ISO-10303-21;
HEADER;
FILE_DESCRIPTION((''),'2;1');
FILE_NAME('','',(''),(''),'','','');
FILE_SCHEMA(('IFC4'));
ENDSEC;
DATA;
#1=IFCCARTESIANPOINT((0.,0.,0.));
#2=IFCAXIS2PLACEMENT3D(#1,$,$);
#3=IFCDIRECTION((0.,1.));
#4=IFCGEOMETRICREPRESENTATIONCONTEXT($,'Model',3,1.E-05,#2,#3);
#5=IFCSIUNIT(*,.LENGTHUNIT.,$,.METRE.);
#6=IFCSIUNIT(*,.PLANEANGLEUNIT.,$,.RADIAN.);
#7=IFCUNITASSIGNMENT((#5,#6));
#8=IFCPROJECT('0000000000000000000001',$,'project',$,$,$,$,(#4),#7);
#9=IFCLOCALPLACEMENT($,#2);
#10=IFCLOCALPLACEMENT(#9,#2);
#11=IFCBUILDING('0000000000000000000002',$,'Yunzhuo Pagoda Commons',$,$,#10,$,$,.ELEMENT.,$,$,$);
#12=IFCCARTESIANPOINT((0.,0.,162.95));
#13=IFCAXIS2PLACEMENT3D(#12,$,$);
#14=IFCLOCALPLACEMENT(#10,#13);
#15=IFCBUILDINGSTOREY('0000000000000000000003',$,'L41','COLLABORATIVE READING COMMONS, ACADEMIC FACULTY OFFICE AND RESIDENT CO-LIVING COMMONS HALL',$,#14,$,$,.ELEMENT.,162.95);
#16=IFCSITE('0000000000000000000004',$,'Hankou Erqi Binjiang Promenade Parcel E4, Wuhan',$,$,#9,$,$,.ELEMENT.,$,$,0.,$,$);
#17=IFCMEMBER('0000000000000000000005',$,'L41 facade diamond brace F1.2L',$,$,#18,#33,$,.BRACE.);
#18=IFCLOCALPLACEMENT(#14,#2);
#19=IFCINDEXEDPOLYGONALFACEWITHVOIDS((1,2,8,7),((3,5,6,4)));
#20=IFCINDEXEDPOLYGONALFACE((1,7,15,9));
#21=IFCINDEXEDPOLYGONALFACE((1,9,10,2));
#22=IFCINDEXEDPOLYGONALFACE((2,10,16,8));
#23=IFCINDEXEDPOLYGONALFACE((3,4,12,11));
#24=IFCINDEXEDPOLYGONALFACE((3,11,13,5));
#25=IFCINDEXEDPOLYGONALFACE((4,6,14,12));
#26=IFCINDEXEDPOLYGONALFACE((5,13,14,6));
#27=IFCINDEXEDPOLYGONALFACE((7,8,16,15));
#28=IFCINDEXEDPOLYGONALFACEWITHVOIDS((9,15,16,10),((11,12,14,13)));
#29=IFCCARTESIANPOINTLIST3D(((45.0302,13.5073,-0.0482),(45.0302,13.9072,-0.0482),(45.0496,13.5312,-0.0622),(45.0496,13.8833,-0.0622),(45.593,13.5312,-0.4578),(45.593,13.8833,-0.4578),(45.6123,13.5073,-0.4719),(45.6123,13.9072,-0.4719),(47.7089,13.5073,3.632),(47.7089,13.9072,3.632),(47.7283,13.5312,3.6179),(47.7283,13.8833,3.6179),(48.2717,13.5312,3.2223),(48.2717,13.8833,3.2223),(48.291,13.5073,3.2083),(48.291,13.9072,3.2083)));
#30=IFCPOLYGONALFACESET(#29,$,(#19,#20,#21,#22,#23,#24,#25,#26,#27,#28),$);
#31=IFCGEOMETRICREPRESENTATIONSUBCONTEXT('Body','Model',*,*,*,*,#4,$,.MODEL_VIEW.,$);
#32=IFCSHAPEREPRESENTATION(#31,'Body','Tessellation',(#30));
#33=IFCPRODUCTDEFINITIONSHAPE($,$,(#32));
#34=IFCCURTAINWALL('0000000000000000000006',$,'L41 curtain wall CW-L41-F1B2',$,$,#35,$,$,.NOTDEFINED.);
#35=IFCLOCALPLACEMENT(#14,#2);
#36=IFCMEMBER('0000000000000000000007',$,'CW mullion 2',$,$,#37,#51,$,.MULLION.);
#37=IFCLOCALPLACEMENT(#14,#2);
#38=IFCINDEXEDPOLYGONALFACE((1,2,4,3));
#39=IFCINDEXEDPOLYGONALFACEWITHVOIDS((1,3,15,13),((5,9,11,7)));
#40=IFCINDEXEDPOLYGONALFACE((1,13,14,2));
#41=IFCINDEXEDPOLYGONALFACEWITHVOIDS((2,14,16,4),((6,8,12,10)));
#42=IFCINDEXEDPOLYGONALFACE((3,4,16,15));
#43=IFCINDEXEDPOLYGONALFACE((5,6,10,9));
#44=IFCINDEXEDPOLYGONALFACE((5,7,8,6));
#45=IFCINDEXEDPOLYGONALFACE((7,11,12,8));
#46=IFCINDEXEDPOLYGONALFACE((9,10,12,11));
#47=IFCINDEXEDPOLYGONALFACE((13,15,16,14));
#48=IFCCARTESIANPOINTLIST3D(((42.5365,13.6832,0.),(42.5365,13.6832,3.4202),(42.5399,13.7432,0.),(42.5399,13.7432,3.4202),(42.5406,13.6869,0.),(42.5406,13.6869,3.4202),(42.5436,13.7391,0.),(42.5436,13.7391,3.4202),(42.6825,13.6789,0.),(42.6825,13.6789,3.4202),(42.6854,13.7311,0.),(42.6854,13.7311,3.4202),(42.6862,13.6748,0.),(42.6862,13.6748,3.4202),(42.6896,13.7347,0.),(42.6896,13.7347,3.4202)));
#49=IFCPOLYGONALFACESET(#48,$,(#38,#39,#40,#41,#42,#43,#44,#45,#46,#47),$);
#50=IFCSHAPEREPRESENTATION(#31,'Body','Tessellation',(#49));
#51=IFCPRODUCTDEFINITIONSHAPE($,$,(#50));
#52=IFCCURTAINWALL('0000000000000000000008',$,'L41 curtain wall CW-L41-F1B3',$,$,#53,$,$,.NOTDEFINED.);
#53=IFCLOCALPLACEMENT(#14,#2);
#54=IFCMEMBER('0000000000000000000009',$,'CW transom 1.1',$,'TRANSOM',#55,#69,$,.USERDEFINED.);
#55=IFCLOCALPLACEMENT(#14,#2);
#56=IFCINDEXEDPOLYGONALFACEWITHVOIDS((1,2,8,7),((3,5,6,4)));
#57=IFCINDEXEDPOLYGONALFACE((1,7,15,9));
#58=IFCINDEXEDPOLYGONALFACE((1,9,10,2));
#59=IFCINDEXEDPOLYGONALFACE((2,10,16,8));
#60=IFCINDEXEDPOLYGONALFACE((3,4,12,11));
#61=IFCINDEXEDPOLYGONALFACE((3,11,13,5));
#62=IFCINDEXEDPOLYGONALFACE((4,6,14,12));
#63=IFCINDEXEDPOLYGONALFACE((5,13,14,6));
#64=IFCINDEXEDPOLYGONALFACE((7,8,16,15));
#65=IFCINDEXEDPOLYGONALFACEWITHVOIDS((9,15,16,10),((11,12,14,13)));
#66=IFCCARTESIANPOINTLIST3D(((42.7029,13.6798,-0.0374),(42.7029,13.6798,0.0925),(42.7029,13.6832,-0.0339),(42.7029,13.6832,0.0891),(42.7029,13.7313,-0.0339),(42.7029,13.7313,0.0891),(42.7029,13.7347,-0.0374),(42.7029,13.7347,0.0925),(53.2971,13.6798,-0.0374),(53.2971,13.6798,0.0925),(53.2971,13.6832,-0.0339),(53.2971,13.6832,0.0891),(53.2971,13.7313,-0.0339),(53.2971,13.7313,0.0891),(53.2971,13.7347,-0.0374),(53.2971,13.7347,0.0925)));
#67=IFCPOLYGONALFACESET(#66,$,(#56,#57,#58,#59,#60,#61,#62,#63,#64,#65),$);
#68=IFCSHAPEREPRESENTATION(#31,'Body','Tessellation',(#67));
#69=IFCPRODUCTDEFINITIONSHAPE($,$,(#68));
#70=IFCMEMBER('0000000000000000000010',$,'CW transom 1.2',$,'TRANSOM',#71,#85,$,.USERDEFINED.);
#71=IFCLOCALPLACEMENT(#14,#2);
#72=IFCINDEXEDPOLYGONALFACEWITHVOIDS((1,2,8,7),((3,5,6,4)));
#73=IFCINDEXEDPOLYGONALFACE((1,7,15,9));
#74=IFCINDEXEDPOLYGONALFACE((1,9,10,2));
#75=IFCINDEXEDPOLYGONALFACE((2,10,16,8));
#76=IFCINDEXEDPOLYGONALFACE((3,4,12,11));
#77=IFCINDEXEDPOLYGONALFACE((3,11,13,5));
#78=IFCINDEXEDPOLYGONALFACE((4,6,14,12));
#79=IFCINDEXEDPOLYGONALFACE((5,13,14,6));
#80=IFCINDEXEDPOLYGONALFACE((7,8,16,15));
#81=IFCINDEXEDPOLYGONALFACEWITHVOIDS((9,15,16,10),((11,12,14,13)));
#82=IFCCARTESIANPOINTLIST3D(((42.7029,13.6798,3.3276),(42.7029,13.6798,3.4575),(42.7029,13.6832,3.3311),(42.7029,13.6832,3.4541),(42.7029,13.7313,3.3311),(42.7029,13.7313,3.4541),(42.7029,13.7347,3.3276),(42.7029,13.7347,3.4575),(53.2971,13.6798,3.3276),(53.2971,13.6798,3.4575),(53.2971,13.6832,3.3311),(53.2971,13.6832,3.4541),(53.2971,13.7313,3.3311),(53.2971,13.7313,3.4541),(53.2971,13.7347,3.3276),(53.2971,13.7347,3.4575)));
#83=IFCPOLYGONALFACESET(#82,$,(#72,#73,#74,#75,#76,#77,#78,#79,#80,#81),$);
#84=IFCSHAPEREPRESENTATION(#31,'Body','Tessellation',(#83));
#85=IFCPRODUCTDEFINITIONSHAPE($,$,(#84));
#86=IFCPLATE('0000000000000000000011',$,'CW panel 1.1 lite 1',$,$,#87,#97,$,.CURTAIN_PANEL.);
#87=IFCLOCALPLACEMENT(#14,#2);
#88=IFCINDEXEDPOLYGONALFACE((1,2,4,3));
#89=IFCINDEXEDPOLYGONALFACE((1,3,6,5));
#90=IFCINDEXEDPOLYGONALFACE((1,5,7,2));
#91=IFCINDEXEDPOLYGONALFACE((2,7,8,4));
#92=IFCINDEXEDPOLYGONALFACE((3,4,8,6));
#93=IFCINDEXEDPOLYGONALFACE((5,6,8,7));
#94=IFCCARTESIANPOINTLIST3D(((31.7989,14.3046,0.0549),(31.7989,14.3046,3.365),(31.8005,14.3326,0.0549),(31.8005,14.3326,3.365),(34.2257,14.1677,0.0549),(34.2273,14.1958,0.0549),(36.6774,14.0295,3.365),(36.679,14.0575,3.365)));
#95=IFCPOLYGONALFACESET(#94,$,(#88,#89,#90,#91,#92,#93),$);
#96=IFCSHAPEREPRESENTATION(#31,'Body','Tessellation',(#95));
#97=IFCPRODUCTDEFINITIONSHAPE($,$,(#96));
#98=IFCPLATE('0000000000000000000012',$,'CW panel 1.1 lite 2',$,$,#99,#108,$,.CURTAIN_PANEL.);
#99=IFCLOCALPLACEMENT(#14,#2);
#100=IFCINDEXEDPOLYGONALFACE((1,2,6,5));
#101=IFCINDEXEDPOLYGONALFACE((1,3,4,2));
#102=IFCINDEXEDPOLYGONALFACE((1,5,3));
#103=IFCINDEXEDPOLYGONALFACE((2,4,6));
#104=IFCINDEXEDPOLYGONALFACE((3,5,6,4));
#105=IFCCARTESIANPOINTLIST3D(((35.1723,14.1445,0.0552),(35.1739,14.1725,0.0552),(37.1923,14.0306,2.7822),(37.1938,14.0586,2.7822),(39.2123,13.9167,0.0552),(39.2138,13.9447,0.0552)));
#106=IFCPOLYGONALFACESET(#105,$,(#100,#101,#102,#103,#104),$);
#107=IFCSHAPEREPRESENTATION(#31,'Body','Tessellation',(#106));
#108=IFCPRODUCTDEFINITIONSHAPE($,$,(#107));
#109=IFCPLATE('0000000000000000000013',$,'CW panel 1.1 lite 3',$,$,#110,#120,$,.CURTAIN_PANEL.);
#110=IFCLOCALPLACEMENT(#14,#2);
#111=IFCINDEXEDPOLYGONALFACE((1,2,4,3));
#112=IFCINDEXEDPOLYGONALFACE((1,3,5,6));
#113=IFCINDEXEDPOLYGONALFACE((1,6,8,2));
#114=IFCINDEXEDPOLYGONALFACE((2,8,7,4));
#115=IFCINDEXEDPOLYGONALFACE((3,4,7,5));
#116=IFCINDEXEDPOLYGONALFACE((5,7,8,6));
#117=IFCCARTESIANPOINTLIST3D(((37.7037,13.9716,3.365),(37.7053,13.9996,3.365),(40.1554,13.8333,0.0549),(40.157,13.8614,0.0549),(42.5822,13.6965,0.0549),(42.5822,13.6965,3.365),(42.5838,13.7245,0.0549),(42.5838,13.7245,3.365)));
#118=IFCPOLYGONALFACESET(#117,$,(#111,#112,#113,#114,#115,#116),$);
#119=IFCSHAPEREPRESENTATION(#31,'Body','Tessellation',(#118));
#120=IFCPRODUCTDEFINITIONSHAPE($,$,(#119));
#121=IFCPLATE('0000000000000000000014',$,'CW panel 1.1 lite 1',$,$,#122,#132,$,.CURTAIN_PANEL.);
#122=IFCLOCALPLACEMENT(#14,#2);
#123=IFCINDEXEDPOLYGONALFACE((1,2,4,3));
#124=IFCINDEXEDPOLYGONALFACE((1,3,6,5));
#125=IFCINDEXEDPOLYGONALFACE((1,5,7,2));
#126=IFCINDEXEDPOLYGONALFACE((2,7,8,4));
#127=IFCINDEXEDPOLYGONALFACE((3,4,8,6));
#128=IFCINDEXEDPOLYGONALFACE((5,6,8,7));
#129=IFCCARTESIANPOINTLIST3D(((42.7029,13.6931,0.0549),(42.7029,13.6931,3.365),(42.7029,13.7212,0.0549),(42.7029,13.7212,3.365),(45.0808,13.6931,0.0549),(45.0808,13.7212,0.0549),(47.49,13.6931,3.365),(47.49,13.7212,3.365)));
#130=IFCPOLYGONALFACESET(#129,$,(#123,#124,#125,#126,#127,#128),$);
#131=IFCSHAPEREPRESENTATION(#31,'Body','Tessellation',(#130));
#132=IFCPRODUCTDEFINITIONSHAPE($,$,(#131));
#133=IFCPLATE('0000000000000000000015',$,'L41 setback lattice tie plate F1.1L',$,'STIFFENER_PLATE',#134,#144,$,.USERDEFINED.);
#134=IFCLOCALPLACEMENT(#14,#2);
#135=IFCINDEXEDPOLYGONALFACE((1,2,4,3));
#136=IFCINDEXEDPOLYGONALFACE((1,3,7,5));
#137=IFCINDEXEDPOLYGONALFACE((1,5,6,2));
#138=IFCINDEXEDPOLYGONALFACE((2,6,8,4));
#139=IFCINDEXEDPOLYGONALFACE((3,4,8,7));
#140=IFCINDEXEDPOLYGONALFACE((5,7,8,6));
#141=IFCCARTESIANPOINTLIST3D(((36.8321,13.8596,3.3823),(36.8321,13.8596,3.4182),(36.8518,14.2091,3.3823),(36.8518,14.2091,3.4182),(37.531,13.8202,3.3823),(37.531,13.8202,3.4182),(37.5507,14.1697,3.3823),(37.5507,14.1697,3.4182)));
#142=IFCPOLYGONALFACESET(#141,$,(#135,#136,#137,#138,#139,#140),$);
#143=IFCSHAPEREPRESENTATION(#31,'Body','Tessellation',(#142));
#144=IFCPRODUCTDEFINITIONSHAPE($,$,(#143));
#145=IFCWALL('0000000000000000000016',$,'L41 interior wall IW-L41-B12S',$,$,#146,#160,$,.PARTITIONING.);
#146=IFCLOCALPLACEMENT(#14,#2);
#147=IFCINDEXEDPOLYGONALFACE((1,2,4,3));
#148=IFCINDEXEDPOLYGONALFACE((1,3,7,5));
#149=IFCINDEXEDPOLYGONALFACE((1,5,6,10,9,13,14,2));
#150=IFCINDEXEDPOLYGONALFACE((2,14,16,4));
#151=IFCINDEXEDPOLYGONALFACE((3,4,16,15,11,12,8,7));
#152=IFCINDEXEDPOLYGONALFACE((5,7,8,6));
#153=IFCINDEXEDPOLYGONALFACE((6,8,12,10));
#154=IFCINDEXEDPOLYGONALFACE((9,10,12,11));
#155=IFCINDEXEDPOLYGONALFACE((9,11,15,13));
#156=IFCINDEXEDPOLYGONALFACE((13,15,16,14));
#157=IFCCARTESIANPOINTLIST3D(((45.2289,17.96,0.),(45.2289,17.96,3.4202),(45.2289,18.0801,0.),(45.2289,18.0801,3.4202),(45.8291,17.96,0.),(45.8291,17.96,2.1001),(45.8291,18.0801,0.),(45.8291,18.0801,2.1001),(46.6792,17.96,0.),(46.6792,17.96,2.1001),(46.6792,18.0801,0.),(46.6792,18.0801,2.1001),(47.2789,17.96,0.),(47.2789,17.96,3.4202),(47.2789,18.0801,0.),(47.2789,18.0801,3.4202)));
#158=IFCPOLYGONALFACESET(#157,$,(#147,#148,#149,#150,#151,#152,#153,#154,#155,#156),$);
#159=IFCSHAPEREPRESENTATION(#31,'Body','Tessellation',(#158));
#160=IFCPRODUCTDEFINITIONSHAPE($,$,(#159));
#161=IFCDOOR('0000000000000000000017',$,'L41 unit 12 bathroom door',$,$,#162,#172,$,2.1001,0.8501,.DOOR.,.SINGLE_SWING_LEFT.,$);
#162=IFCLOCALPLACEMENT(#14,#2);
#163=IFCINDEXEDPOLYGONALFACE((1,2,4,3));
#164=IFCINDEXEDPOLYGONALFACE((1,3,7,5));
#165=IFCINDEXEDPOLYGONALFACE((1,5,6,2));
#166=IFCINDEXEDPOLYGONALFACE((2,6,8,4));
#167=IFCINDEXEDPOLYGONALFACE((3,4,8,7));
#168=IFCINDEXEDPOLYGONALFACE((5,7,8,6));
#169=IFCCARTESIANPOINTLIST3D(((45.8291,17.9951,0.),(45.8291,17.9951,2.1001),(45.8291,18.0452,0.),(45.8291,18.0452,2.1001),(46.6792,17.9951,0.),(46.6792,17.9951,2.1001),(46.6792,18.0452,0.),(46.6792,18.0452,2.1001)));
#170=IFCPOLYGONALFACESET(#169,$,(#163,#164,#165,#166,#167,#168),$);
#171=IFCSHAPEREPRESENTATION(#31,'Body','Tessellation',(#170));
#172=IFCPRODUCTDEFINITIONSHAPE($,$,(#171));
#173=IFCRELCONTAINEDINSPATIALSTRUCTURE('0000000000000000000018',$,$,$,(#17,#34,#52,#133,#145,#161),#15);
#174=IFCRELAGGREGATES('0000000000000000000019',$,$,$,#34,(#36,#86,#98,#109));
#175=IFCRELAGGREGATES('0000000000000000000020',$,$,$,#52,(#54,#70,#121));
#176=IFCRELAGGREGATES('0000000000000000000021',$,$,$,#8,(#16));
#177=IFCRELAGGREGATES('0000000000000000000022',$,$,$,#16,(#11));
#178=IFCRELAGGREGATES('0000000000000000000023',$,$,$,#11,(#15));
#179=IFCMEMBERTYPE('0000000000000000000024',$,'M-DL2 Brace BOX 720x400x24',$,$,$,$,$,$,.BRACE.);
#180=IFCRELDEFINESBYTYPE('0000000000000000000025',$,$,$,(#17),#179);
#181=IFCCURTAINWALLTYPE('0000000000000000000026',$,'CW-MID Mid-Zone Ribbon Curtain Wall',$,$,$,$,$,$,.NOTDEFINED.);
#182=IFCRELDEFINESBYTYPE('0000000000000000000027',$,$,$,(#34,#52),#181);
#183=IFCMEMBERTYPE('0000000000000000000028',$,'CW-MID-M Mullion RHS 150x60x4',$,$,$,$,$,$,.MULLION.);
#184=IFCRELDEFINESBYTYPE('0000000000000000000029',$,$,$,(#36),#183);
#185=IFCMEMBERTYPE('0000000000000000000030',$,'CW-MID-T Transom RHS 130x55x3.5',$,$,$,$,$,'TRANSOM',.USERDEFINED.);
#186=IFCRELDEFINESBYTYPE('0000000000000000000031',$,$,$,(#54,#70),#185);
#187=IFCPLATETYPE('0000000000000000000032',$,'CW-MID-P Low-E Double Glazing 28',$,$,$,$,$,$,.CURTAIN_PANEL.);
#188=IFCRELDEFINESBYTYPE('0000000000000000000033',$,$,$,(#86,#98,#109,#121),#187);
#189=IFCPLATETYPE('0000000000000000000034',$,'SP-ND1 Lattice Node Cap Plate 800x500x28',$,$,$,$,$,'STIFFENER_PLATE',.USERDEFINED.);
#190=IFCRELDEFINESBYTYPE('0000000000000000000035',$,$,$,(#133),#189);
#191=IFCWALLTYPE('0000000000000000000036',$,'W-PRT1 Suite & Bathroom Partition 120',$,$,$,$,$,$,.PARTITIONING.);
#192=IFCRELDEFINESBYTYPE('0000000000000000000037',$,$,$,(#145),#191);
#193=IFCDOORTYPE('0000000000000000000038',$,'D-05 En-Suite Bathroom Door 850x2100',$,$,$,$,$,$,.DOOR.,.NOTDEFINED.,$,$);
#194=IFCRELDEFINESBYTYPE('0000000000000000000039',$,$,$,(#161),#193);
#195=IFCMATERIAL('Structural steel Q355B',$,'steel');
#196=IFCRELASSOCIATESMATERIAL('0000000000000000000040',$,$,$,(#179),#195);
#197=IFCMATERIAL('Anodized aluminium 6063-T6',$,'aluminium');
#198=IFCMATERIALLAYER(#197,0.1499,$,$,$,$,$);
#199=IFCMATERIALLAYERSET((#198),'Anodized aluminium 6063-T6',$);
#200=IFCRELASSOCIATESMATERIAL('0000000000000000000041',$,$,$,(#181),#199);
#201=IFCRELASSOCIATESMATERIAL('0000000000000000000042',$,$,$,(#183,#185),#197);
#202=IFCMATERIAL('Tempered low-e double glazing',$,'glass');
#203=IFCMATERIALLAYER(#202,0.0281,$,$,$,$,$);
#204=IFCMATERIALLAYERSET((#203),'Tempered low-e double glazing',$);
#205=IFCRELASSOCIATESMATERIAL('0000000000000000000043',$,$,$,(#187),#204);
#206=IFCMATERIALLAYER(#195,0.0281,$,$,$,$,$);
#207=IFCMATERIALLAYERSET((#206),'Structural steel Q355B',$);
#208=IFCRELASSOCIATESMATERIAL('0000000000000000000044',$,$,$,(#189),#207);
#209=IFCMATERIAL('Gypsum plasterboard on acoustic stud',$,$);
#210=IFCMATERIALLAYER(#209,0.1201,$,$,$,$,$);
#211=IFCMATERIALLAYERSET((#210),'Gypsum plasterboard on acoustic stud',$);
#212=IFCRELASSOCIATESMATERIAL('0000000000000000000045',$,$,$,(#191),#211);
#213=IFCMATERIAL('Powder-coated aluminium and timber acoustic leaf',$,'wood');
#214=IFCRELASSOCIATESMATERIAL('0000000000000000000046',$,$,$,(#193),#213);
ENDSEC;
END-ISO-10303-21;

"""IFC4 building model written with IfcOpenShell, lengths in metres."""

from ifc_helpers import new_model, si_unit, direction, frame, frame_2d, origin, origin_2d, place, context, subcontext, project, spatial, polyline, rectangle, hollow_rectangle, outline, extrude, source, transform, mapped, material, layer, layer_set, material_profile, profile_set, type_object, element, fill, aggregate, save


model = new_model("IFC4")

# Units and contexts
model_context = context("Model", 3, precision=1e-05, world=origin(), true_north=direction((0.0, 1.0)))
body_context = subcontext(model_context, "Body", "Model", "MODEL_VIEW")
ifc_project = project(units=[si_unit("LENGTHUNIT", "METRE"), si_unit("PLANEANGLEUNIT", "RADIAN")], contexts=[model_context])

# Site, building, storey
site_placement = place(None, origin())
site = spatial("IfcSite", under=ifc_project, at=site_placement, Name="Hankou Erqi Binjiang Promenade Parcel E4, Wuhan", CompositionType="ELEMENT", RefElevation=0.0)
building_placement = place(site_placement, origin())
building = spatial("IfcBuilding", under=site, at=building_placement, Name="Yunzhuo Pagoda Commons", CompositionType="ELEMENT")
storey_placement = place(building_placement, frame((0.0, 0.0, 162.95)))
storey = spatial("IfcBuildingStorey", under=building, at=storey_placement, Name="L41", Description="COLLABORATIVE READING COMMONS, ACADEMIC FACULTY OFFICE AND RESIDENT CO-LIVING COMMONS HALL", CompositionType="ELEMENT", Elevation=162.95)

# Shared definitions
ifc_material_1 = material(Name="Structural steel Q355B", Category="steel")

# Member
ifc_material_profile_1 = material_profile(ifc_material_1, hollow_rectangle(XDim=0.3999, YDim=0.72, WallThickness=0.0239, at=origin_2d()), Name="Structural steel Q355B")
ifc_profile_set_1 = profile_set([ifc_material_profile_1], Name="Structural steel Q355B")
member_type_1 = type_object("IfcMemberType", Name="M-DL2 Brace BOX 720x400x24", PredefinedType="BRACE", material=ifc_profile_set_1)
shared_shape_1 = source(origin(), body_context, "Body", "SweptSolid", [
    extrude(hollow_rectangle(XDim=0.3999, YDim=0.72, WallThickness=0.0239, at=origin_2d()), origin(), (0.0, 0.0, 1.0), 4.5518),
])
member_1_placement = place(storey_placement, frame((45.3213, 13.7073, -0.26), z_axis=(0.588491, 0.0, 0.808504), x_axis=(0.0, 1.0, 0.0)))
element("IfcMember", 1, at=member_1_placement, inside=storey, type_object=member_type_1, Name="L41 facade diamond brace F1.2L", PredefinedType="BRACE", context=body_context, shape_type="MappedRepresentation", body=[
    mapped(shared_shape_1, transform((0.0, 0.0, 0.0), scale=1.0)),
])

# Curtain wall, member
ifc_material_2 = material(Name="Anodized aluminium 6063-T6", Category="aluminium")
ifc_layer_1 = layer(ifc_material_2, 0.1499)
ifc_layer_set_1 = layer_set([ifc_layer_1], Name="Anodized aluminium 6063-T6")
curtain_wall_type = type_object("IfcCurtainWallType", Name="CW-MID Mid-Zone Ribbon Curtain Wall", PredefinedType="NOTDEFINED", material=ifc_layer_set_1)
curtain_wall_1_placement = place(storey_placement, origin())
curtain_wall_1 = element("IfcCurtainWall", 2, at=curtain_wall_1_placement, inside=storey, type_object=curtain_wall_type, Name="L41 curtain wall CW-L41-F1B2", PredefinedType="NOTDEFINED")
ifc_material_profile_2 = material_profile(ifc_material_2, hollow_rectangle(XDim=0.0601, YDim=0.1499, WallThickness=0.0039, at=origin_2d()), Name="Anodized aluminium 6063-T6")
ifc_profile_set_2 = profile_set([ifc_material_profile_2], Name="Anodized aluminium 6063-T6")
member_type_2 = type_object("IfcMemberType", Name="CW-MID-M Mullion RHS 150x60x4", PredefinedType="MULLION", material=ifc_profile_set_2)
shared_shape_2 = source(origin(), body_context, "Body", "SweptSolid", [
    extrude(hollow_rectangle(XDim=0.0601, YDim=0.1499, WallThickness=0.0039, at=origin_2d()), origin(), (0.0, 0.0, 1.0), 3.4202),
])
member_2_placement = place(storey_placement, frame((42.613, 13.709, 0.0), z_axis=(0.0, 0.0, 1.0), x_axis=(0.056299, 0.998414, 0.0)))
member_2 = element("IfcMember", 3, at=member_2_placement, type_object=member_type_2, Name="CW mullion 2", PredefinedType="MULLION", context=body_context, shape_type="MappedRepresentation", body=[
    mapped(shared_shape_2, transform((0.0, 0.0, 0.0), scale=1.0)),
])

# Curtain wall, members
curtain_wall_2_placement = place(storey_placement, origin())
curtain_wall_2 = element("IfcCurtainWall", 4, at=curtain_wall_2_placement, inside=storey, type_object=curtain_wall_type, Name="L41 curtain wall CW-L41-F1B3", PredefinedType="NOTDEFINED")
ifc_material_profile_3 = material_profile(ifc_material_2, hollow_rectangle(XDim=0.0549, YDim=0.1299, WallThickness=0.0034, at=origin_2d()), Name="Anodized aluminium 6063-T6")
ifc_profile_set_3 = profile_set([ifc_material_profile_3], Name="Anodized aluminium 6063-T6")
member_type_3 = type_object("IfcMemberType", Name="CW-MID-T Transom RHS 130x55x3.5", ElementType="TRANSOM", PredefinedType="USERDEFINED", material=ifc_profile_set_3)
shared_shape_3 = source(origin(), body_context, "Body", "SweptSolid", [
    extrude(hollow_rectangle(XDim=0.0549, YDim=0.1299, WallThickness=0.0034, at=origin_2d()), origin(), (0.0, 0.0, 1.0), 10.5942),
])
member_3_placement = place(storey_placement, frame((42.7029, 13.7073, 0.0276), z_axis=(1.0, 0.0, 0.0), x_axis=(0.0, 1.0, 0.0)))
member_3 = element("IfcMember", 5, at=member_3_placement, type_object=member_type_3, Name="CW transom 1.1", ObjectType="TRANSOM", PredefinedType="USERDEFINED", context=body_context, shape_type="MappedRepresentation", body=[
    mapped(shared_shape_3, transform((0.0, 0.0, 0.0), scale=1.0)),
])
member_4_placement = place(storey_placement, frame((42.7029, 13.7073, 3.3926), z_axis=(1.0, 0.0, 0.0), x_axis=(0.0, 1.0, 0.0)))
member_4 = element("IfcMember", 6, at=member_4_placement, type_object=member_type_3, Name="CW transom 1.2", ObjectType="TRANSOM", PredefinedType="USERDEFINED", context=body_context, shape_type="MappedRepresentation", body=[
    mapped(shared_shape_3, transform((0.0, 0.0, 0.0), scale=1.0)),
])

# Plates
ifc_material_3 = material(Name="Tempered low-e double glazing", Category="glass")
ifc_layer_2 = layer(ifc_material_3, 0.0281)
ifc_layer_set_2 = layer_set([ifc_layer_2], Name="Tempered low-e double glazing")
plate_type_1 = type_object("IfcPlateType", Name="CW-MID-P Low-E Double Glazing 28", PredefinedType="CURTAIN_PANEL", material=ifc_layer_set_2)
plate_1_placement = place(storey_placement, frame((34.2397, 14.1951, 1.71), z_axis=(-0.056299, -0.998414, 0.0), x_axis=(0.998414, -0.056299, 0.0)))
plate_1 = element("IfcPlate", 7, at=plate_1_placement, type_object=plate_type_1, Name="CW panel 1.1 lite 1", PredefinedType="CURTAIN_PANEL", context=body_context, shape_type="SweptSolid", body=[
    extrude(outline(polyline([(-2.4431, -1.655), (-0.0125, -1.655), (2.4431, 1.655), (-2.4431, 1.655), (-2.4431, -1.655)])), origin(), (0.0, 0.0, 1.0), 0.0281),
])
plate_2_placement = place(storey_placement, frame((37.1938, 14.0586, 1.4187), z_axis=(-0.056299, -0.998414, 0.0), x_axis=(0.998414, -0.056299, 0.0)))
plate_2 = element("IfcPlate", 8, at=plate_2_placement, type_object=plate_type_1, Name="CW panel 1.1 lite 2", PredefinedType="CURTAIN_PANEL", context=body_context, shape_type="SweptSolid", body=[
    extrude(outline(polyline([(-2.0232, -1.3635), (2.0232, -1.3635), (0.0, 1.3635), (-2.0232, -1.3635)])), origin(), (0.0, 0.0, 1.0), 0.0281),
])
plate_3_placement = place(storey_placement, frame((40.1445, 13.8621, 1.71), z_axis=(-0.056299, -0.998414, 0.0), x_axis=(0.998414, -0.056299, 0.0)))
plate_3 = element("IfcPlate", 9, at=plate_3_placement, type_object=plate_type_1, Name="CW panel 1.1 lite 3", PredefinedType="CURTAIN_PANEL", context=body_context, shape_type="SweptSolid", body=[
    extrude(outline(polyline([(-2.4431, 1.655), (0.0125, -1.655), (2.4431, -1.655), (2.4431, 1.655), (-2.4431, 1.655)])), origin(), (0.0, 0.0, 1.0), 0.0281),
])
aggregate(curtain_wall_1, [member_2, plate_1, plate_2, plate_3])
plate_4_placement = place(storey_placement, frame((45.0964, 13.7212, 1.71), z_axis=(0.0, -1.0, 0.0), x_axis=(1.0, 0.0, 0.0)))
plate_4 = element("IfcPlate", 10, at=plate_4_placement, type_object=plate_type_1, Name="CW panel 1.1 lite 1", PredefinedType="CURTAIN_PANEL", context=body_context, shape_type="SweptSolid", body=[
    extrude(outline(polyline([(-2.3936, -1.655), (-0.0156, -1.655), (2.3936, 1.655), (-2.3936, 1.655), (-2.3936, -1.655)])), origin(), (0.0, 0.0, 1.0), 0.0281),
])
aggregate(curtain_wall_2, [member_3, member_4, plate_4])
ifc_layer_3 = layer(ifc_material_1, 0.0281)
ifc_layer_set_3 = layer_set([ifc_layer_3], Name="Structural steel Q355B")
plate_type_2 = type_object("IfcPlateType", Name="SP-ND1 Lattice Node Cap Plate 800x500x28", ElementType="STIFFENER_PLATE", PredefinedType="USERDEFINED", material=ifc_layer_set_3)
shared_shape_4 = source(origin(), body_context, "Body", "SweptSolid", [
    extrude(rectangle(XDim=0.7, YDim=0.3501, at=origin_2d()), origin(), (0.0, 0.0, 1.0), 0.0359),
])
plate_5_placement = place(storey_placement, frame((37.1914, 14.0146, 3.3823), z_axis=(0.0, 0.0, 1.0), x_axis=(0.998414, -0.056292, 0.0)))
element("IfcPlate", 11, at=plate_5_placement, inside=storey, type_object=plate_type_2, Name="L41 setback lattice tie plate F1.1L", ObjectType="STIFFENER_PLATE", PredefinedType="USERDEFINED", context=body_context, shape_type="MappedRepresentation", body=[
    mapped(shared_shape_4, transform((0.0, 0.0, 0.0), scale=1.0)),
])

# Wall, opening, door
ifc_material_4 = material(Name="Gypsum plasterboard on acoustic stud")
ifc_layer_4 = layer(ifc_material_4, 0.1201)
ifc_layer_set_4 = layer_set([ifc_layer_4], Name="Gypsum plasterboard on acoustic stud")
wall_type = type_object("IfcWallType", Name="W-PRT1 Suite & Bathroom Partition 120", PredefinedType="PARTITIONING", material=ifc_layer_set_4)
wall_1_placement = place(storey_placement, frame((45.229, 18.02, 0.0), z_axis=(0.0, 0.0, 1.0), x_axis=(1.0, 0.0, 0.0)))
wall_1 = element("IfcWall", 12, at=wall_1_placement, inside=storey, type_object=wall_type, Name="L41 interior wall IW-L41-B12S", PredefinedType="PARTITIONING", context=body_context, shape_type="SweptSolid", body=[
    extrude(rectangle(XDim=2.05, YDim=0.1201, at=frame_2d((1.0249, 0.0))), origin(), (0.0, 0.0, 1.0), 3.4202),
])
opening_1_placement = place(wall_1_placement, frame((0.6001, 0.0, 0.0)))
opening_1 = element("IfcOpeningElement", 13, at=opening_1_placement, cuts=wall_1, PredefinedType="OPENING", context=body_context, shape_type="SweptSolid", body=[
    extrude(rectangle(XDim=0.8501, YDim=2.1001, at=frame_2d((0.425, 1.05))), frame((0.0, 0.0701, 0.0), z_axis=(0.0, -1.0, 0.0), x_axis=(1.0, 0.0, 0.0)), (0.0, 0.0, 1.0), 0.1401),
])
ifc_material_5 = material(Name="Powder-coated aluminium and timber acoustic leaf", Category="wood")
door_type_1 = type_object("IfcDoorType", Name="D-05 En-Suite Bathroom Door 850x2100", OperationType="NOTDEFINED", PredefinedType="DOOR", material=ifc_material_5)
shared_shape_5 = source(origin(), body_context, "Body", "SweptSolid", [
    extrude(rectangle(XDim=0.8501, YDim=2.1001, at=frame_2d((0.425, 1.05))), frame((0.0, 0.0249, 0.0), z_axis=(0.0, -1.0, 0.0), x_axis=(1.0, 0.0, 0.0)), (0.0, 0.0, 1.0), 0.05),
])
door_1_placement = place(opening_1_placement, frame((0.8501, 0.0, 0.0), z_axis=(0.0, 0.0, 1.0), x_axis=(-1.0, 0.0, 0.0)))
door_1 = element("IfcDoor", 14, at=door_1_placement, inside=storey, type_object=door_type_1, Name="L41 unit 12 bathroom door", OperationType="SINGLE_SWING_LEFT", OverallHeight=2.1001, OverallWidth=0.8501, PredefinedType="DOOR", context=body_context, shape_type="MappedRepresentation", body=[
    mapped(shared_shape_5, transform((0.0, 0.0, 0.0), scale=1.0)),
])
fill(opening_1, door_1)

save(model, "model.ifc")
